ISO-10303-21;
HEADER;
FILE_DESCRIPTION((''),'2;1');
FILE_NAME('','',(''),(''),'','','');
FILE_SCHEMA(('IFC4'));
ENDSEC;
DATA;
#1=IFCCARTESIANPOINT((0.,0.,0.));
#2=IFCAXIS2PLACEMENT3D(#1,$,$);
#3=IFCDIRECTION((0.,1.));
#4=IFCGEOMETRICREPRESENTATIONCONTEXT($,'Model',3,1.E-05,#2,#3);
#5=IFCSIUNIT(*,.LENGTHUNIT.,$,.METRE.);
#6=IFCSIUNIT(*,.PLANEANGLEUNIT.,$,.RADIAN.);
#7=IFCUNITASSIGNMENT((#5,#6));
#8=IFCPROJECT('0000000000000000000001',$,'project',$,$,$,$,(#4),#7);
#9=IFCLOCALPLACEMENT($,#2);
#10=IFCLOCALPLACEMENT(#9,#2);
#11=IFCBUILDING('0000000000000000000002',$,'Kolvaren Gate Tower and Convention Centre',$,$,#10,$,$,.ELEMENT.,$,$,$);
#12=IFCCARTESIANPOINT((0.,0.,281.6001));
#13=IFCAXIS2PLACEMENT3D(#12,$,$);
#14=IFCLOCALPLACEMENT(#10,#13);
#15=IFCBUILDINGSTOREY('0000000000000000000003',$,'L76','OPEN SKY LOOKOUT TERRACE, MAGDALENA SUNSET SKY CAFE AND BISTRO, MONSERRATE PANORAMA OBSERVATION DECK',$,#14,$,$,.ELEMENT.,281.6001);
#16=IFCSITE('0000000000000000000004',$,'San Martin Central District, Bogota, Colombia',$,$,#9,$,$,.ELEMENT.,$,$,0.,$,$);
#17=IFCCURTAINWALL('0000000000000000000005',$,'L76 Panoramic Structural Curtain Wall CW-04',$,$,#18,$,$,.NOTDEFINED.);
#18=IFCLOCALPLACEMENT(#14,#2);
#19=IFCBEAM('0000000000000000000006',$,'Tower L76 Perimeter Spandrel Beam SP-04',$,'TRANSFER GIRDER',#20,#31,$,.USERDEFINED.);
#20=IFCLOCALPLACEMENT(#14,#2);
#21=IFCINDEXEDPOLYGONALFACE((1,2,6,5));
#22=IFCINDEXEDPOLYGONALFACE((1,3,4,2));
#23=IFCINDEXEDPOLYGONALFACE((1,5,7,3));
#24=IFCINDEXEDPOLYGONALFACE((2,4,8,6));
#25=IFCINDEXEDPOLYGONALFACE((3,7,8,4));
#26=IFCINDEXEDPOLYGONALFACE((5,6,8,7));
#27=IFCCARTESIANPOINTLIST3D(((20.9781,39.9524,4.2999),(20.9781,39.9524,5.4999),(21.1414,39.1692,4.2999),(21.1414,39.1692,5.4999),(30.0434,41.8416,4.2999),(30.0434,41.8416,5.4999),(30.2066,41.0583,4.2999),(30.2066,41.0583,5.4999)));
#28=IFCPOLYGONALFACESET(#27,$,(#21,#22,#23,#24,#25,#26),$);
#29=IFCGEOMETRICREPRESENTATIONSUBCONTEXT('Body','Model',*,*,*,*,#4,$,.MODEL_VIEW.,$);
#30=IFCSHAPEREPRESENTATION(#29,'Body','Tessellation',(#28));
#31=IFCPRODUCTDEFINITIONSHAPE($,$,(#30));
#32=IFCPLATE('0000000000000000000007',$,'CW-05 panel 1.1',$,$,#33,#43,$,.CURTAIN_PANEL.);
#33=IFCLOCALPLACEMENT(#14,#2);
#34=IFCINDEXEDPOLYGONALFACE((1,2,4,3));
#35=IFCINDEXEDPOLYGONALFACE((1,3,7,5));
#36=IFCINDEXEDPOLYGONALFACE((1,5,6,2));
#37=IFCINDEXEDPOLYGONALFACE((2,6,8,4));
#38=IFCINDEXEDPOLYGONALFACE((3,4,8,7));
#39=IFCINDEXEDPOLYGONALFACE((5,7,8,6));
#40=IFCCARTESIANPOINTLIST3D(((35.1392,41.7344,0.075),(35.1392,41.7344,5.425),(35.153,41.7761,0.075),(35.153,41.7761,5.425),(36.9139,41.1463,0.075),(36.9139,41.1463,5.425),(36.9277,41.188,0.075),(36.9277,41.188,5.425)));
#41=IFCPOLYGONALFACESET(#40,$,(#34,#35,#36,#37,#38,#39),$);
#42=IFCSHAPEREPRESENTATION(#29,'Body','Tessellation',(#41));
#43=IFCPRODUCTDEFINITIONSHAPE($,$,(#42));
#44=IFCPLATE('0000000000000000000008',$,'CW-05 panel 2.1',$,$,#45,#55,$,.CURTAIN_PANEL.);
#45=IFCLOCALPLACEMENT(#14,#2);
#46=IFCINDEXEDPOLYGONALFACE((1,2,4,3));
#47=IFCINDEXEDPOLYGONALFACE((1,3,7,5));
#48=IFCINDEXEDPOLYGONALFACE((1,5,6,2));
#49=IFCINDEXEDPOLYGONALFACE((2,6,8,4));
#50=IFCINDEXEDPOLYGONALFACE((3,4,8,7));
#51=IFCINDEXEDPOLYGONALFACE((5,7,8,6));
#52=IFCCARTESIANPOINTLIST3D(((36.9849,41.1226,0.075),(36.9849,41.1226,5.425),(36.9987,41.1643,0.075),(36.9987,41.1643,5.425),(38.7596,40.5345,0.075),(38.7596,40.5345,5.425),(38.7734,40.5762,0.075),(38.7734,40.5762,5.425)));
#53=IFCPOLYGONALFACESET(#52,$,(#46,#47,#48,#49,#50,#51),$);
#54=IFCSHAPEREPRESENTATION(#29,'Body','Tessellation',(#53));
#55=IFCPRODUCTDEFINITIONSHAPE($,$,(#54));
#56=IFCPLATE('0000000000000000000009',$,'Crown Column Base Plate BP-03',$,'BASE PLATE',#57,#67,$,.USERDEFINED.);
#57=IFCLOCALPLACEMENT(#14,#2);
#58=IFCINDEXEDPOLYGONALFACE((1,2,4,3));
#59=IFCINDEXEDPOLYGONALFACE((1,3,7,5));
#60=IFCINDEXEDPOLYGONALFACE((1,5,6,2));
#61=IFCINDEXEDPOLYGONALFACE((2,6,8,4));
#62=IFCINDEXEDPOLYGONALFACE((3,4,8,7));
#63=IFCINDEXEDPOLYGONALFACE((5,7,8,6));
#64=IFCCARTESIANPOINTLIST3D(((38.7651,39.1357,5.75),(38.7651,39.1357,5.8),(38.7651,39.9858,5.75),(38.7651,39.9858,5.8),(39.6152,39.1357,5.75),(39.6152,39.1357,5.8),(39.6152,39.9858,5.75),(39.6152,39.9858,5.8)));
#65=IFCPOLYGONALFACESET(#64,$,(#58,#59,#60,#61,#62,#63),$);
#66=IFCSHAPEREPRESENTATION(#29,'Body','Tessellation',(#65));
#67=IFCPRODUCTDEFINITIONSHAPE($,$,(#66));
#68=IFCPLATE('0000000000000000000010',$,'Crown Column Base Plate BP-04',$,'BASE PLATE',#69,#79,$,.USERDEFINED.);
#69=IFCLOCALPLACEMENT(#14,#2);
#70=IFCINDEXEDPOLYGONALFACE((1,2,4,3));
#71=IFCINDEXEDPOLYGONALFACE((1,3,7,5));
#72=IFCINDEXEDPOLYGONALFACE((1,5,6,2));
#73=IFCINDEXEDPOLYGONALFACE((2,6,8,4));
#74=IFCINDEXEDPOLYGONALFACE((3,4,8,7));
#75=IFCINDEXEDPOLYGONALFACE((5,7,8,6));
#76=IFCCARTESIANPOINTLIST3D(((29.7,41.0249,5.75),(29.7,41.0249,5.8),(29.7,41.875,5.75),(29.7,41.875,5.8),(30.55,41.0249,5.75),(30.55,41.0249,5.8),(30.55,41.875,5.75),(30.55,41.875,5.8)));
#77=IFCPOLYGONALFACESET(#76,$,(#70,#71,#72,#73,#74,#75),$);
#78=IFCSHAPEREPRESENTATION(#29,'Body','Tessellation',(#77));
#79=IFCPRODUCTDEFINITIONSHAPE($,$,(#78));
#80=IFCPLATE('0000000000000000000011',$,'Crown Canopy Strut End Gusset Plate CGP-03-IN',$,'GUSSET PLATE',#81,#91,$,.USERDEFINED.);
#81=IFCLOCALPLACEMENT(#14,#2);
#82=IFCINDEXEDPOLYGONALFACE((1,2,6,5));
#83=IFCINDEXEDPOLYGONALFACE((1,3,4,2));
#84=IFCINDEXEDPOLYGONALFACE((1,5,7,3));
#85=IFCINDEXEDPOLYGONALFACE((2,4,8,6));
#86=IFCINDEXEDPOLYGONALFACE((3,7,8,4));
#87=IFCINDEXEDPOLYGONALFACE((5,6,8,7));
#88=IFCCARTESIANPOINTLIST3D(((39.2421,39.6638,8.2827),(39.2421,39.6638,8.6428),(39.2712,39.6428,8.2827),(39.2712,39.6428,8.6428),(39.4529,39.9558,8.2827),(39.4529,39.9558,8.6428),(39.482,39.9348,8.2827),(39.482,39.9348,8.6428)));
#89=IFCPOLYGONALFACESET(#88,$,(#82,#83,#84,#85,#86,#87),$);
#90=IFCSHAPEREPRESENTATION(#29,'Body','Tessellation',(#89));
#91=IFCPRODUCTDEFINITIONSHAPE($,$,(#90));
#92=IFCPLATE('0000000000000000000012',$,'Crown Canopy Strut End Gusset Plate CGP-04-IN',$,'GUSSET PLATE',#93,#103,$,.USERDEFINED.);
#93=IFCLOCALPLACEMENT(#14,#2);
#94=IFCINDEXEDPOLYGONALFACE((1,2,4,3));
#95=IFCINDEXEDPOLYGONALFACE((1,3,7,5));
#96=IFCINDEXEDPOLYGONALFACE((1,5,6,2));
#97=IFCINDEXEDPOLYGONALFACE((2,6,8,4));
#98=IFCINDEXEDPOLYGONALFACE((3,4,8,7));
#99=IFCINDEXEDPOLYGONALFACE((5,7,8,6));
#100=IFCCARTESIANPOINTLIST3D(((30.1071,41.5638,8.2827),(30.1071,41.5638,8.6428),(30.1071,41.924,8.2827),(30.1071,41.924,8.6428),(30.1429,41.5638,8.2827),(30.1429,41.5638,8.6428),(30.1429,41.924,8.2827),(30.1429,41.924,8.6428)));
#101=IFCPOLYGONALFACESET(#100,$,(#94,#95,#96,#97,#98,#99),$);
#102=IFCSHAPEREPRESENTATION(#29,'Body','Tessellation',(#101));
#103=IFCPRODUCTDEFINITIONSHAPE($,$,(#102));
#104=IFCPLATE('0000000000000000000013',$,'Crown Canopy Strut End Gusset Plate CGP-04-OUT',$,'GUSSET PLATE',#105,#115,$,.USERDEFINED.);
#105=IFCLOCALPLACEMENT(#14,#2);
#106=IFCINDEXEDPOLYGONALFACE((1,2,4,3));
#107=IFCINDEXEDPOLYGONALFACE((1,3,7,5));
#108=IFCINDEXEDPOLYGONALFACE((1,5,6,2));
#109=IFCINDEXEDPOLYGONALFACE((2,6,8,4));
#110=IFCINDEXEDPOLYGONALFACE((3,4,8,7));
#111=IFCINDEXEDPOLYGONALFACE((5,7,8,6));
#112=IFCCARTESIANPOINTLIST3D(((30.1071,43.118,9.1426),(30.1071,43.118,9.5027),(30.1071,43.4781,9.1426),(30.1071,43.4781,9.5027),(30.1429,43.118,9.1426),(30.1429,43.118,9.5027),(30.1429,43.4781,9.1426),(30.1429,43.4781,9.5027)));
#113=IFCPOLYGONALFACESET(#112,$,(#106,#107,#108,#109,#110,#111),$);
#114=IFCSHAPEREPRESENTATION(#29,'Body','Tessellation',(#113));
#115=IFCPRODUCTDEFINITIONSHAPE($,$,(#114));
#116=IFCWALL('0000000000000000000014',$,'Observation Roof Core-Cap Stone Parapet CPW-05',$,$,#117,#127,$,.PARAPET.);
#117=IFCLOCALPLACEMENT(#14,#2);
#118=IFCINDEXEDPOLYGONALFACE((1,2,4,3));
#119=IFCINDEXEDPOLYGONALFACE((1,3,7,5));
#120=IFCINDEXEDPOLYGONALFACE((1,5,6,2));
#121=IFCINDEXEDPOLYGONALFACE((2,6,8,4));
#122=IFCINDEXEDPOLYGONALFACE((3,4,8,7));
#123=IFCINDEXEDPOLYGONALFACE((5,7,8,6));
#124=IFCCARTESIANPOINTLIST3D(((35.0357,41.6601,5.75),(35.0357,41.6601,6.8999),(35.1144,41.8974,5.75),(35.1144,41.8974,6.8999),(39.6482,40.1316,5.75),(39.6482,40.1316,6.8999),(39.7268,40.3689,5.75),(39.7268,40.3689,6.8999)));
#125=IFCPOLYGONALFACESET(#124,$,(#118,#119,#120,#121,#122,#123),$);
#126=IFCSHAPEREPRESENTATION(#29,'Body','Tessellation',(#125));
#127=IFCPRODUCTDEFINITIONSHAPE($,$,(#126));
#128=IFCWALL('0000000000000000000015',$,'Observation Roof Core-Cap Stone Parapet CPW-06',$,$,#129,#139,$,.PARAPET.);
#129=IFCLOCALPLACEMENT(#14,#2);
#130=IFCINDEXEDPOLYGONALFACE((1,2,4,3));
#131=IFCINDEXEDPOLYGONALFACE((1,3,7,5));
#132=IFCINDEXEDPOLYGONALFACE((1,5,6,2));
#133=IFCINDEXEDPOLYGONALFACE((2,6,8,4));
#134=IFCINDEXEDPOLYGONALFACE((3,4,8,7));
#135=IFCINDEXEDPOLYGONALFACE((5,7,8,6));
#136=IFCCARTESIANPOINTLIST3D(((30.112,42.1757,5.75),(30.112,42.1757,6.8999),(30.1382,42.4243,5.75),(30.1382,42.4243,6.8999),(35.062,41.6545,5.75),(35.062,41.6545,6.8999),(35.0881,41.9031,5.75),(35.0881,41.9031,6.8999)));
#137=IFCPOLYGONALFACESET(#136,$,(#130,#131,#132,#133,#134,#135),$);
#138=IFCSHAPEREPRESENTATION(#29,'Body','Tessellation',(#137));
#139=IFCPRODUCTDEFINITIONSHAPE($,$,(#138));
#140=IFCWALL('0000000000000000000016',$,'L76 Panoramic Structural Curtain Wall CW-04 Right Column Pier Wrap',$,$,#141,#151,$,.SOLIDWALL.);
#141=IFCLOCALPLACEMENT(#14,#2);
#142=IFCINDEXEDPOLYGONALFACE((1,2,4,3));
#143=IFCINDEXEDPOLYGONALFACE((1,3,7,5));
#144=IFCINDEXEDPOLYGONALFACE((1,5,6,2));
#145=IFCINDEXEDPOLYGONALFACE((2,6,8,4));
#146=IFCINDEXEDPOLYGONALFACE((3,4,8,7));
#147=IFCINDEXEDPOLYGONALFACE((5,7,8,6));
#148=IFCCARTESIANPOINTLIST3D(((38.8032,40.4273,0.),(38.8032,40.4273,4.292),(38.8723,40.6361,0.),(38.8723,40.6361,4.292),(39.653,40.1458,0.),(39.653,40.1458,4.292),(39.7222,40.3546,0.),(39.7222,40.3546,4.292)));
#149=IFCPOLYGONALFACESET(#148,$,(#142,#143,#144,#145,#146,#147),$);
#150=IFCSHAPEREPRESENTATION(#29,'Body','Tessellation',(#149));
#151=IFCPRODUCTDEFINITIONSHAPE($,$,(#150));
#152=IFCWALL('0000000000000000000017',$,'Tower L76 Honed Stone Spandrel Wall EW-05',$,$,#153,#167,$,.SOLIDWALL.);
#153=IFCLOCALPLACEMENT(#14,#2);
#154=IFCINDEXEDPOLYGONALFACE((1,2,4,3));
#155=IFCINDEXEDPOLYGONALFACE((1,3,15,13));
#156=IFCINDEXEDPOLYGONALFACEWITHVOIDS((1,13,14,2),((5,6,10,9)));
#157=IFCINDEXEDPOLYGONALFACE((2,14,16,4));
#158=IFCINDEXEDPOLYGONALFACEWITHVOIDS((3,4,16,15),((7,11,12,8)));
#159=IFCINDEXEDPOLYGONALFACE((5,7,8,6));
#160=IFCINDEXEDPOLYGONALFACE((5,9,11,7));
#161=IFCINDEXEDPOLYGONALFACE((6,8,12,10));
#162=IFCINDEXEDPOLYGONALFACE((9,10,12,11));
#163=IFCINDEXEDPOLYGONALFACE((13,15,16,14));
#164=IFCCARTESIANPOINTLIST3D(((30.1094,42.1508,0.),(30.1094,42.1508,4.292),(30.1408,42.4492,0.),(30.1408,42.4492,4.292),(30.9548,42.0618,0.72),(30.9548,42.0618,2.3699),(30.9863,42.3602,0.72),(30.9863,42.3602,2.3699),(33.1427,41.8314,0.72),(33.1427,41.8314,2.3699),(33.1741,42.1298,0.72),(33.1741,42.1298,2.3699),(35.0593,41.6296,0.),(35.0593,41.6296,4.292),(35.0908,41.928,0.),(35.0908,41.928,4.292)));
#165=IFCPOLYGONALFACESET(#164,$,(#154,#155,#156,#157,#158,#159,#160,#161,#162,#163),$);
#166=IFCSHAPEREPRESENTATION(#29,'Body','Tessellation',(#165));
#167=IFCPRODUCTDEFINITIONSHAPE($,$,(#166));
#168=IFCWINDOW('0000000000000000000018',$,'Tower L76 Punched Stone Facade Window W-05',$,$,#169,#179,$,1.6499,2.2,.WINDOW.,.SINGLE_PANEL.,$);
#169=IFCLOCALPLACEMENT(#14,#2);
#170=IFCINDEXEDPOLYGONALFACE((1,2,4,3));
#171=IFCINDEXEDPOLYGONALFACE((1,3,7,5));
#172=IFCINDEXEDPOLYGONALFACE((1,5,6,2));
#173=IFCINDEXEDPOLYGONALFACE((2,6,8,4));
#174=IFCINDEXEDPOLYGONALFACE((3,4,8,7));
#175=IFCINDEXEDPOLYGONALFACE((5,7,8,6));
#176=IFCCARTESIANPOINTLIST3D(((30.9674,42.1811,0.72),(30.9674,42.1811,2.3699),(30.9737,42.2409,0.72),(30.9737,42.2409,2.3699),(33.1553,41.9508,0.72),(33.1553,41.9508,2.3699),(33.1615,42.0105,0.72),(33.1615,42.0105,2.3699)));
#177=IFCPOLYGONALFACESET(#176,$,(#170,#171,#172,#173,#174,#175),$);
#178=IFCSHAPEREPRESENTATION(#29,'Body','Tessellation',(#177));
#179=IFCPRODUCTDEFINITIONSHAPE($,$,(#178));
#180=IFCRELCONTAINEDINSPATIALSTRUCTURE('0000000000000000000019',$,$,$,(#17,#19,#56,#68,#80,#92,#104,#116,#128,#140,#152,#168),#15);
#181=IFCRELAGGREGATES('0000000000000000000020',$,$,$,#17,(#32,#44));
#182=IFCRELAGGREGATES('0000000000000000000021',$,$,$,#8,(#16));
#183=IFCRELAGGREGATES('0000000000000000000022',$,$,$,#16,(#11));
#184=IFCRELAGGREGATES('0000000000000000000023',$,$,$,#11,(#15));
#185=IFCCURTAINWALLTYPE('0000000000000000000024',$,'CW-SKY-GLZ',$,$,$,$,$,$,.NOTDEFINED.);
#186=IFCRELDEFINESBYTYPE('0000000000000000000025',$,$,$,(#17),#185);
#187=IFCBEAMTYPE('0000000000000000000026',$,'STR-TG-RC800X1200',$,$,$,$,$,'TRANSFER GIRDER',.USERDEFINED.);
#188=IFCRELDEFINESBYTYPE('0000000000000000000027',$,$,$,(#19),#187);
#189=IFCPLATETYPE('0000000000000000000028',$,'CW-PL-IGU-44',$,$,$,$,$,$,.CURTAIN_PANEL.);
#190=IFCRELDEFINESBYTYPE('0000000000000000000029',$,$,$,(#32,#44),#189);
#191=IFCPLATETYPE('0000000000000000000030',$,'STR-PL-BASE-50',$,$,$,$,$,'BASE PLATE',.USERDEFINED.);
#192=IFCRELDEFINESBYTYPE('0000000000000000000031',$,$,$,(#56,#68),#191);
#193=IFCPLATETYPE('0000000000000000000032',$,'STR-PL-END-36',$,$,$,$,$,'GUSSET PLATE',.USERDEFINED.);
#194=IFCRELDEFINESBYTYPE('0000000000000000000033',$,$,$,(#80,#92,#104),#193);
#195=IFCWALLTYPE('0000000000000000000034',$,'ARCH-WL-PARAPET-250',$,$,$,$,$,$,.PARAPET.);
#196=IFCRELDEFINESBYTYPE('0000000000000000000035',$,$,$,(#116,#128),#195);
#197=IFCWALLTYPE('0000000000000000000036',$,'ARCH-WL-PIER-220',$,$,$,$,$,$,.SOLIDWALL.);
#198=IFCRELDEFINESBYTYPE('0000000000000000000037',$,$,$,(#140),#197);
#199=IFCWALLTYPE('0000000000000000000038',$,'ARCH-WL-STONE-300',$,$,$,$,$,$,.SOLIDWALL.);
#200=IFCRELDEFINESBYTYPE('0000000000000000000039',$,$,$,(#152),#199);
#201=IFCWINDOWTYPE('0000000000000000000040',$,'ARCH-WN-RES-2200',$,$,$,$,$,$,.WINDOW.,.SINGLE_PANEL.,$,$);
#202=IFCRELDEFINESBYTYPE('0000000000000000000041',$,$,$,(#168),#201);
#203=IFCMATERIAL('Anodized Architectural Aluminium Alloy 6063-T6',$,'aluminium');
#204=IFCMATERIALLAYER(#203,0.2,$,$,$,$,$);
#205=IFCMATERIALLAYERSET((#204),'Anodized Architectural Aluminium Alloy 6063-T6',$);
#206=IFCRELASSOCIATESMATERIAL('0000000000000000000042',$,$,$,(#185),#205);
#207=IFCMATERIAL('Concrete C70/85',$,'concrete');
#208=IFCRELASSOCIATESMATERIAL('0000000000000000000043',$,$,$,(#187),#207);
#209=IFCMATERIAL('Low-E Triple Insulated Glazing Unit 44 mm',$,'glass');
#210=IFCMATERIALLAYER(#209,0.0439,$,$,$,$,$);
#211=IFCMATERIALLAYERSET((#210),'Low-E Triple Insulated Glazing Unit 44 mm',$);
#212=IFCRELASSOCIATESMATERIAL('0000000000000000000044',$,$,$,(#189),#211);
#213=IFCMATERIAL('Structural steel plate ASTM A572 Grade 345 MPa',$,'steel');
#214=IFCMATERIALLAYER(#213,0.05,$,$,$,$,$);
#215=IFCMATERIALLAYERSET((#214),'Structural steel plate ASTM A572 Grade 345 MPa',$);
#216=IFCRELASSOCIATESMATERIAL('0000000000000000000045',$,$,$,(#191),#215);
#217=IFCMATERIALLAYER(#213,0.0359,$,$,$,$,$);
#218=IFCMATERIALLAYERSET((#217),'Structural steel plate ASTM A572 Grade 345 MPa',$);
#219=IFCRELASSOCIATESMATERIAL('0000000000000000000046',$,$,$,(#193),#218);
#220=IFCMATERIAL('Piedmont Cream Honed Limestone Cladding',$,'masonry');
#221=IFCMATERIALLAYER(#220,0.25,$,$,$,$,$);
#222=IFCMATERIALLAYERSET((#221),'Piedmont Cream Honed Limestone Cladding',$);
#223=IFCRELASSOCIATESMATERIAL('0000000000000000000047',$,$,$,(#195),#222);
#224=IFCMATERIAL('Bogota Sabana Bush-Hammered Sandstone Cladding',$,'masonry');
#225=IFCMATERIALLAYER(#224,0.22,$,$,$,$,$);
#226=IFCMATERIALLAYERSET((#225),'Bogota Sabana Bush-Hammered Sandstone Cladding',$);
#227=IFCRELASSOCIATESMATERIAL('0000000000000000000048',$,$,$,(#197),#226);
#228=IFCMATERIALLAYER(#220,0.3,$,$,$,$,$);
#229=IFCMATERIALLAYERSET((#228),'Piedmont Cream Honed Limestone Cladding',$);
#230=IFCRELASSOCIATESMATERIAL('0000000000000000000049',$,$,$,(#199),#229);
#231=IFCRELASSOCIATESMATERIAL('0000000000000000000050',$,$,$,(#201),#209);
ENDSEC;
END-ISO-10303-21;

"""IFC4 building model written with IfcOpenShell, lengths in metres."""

from ifc_helpers import new_model, si_unit, direction, frame, frame_2d, origin, origin_2d, place, context, subcontext, project, spatial, rectangle, extrude, material, layer, layer_set, material_profile, profile_set, type_object, element, fill, aggregate, save


model = new_model("IFC4")

# Units and contexts
model_context = context("Model", 3, precision=1e-05, world=origin(), true_north=direction((0.0, 1.0)))
body_context = subcontext(model_context, "Body", "Model", "MODEL_VIEW")
ifc_project = project(units=[si_unit("LENGTHUNIT", "METRE"), si_unit("PLANEANGLEUNIT", "RADIAN")], contexts=[model_context])

# Site, building, storey
site_placement = place(None, origin())
site = spatial("IfcSite", under=ifc_project, at=site_placement, Name="San Martin Central District, Bogota, Colombia", CompositionType="ELEMENT", RefElevation=0.0)
building_placement = place(site_placement, origin())
building = spatial("IfcBuilding", under=site, at=building_placement, Name="Kolvaren Gate Tower and Convention Centre", CompositionType="ELEMENT")
storey_placement = place(building_placement, frame((0.0, 0.0, 281.6001)))
storey = spatial("IfcBuildingStorey", under=building, at=storey_placement, Name="L76", Description="OPEN SKY LOOKOUT TERRACE, MAGDALENA SUNSET SKY CAFE AND BISTRO, MONSERRATE PANORAMA OBSERVATION DECK", CompositionType="ELEMENT", Elevation=281.6001)

# Curtain wall
ifc_material_1 = material(Name="Anodized Architectural Aluminium Alloy 6063-T6", Category="aluminium")
ifc_layer_1 = layer(ifc_material_1, 0.2)
ifc_layer_set_1 = layer_set([ifc_layer_1], Name="Anodized Architectural Aluminium Alloy 6063-T6")
curtain_wall_type = type_object("IfcCurtainWallType", Name="CW-SKY-GLZ", PredefinedType="NOTDEFINED", material=ifc_layer_set_1)
curtain_wall_placement = place(storey_placement, origin())
curtain_wall = element("IfcCurtainWall", 1, at=curtain_wall_placement, inside=storey, type_object=curtain_wall_type, Name="L76 Panoramic Structural Curtain Wall CW-04", PredefinedType="NOTDEFINED")

# Beam
ifc_material_2 = material(Name="Concrete C70/85", Category="concrete")
ifc_material_profile_1 = material_profile(ifc_material_2, rectangle(XDim=0.8, YDim=1.2, at=origin_2d()), Name="RC-BM-800X1200")
ifc_profile_set_1 = profile_set([ifc_material_profile_1], Name="Concrete C70/85")
beam_type = type_object("IfcBeamType", Name="STR-TG-RC800X1200", ElementType="TRANSFER GIRDER", PredefinedType="USERDEFINED", material=ifc_profile_set_1)
for number, where, z_axis, x_axis, name in (
    (2, (30.125, 41.45, 4.8999), (-0.978968, -0.204014, 0.0), (0.204014, -0.978968, 0.0), "Tower L76 Perimeter Spandrel Beam SP-04"),
):
    element("IfcBeam", number, at=place(storey_placement, frame(where, z_axis=z_axis, x_axis=x_axis)), inside=storey, type_object=beam_type, Name=name, ObjectType="TRANSFER GIRDER", PredefinedType="USERDEFINED", context=body_context, shape_type="SweptSolid", body=[
        extrude(rectangle(XDim=0.8, YDim=1.2, at=origin_2d()), origin(), (0.0, 0.0, 1.0), 9.26),
    ])

# Plates
ifc_material_3 = material(Name="Low-E Triple Insulated Glazing Unit 44 mm", Category="glass")
ifc_layer_2 = layer(ifc_material_3, 0.0439)
ifc_layer_set_2 = layer_set([ifc_layer_2], Name="Low-E Triple Insulated Glazing Unit 44 mm")
plate_type_1 = type_object("IfcPlateType", Name="CW-PL-IGU-44", PredefinedType="CURTAIN_PANEL", material=ifc_layer_set_2)
plate_1_placement = place(storey_placement, frame((36.0334, 41.4612, 0.075), z_axis=(0.0, 0.0, 1.0), x_axis=(0.949239, -0.314555, 0.0)))
plate_1 = element("IfcPlate", 3, at=plate_1_placement, type_object=plate_type_1, Name="CW-05 panel 1.1", PredefinedType="CURTAIN_PANEL", context=body_context, shape_type="SweptSolid", body=[
    extrude(rectangle(XDim=1.8696, YDim=0.0439, at=origin_2d()), origin(), (0.0, 0.0, 1.0), 5.3501),
])
plate_2_placement = place(storey_placement, frame((37.8792, 40.8494, 0.075), z_axis=(0.0, 0.0, 1.0), x_axis=(0.949239, -0.314555, 0.0)))
plate_2 = element("IfcPlate", 4, at=plate_2_placement, type_object=plate_type_1, Name="CW-05 panel 2.1", PredefinedType="CURTAIN_PANEL", context=body_context, shape_type="SweptSolid", body=[
    extrude(rectangle(XDim=1.8696, YDim=0.0439, at=origin_2d()), origin(), (0.0, 0.0, 1.0), 5.3501),
])
aggregate(curtain_wall, [plate_1, plate_2])

# Plates
ifc_material_4 = material(Name="Structural steel plate ASTM A572 Grade 345 MPa", Category="steel")
ifc_layer_3 = layer(ifc_material_4, 0.05)
ifc_layer_set_3 = layer_set([ifc_layer_3], Name="Structural steel plate ASTM A572 Grade 345 MPa")
plate_type_2 = type_object("IfcPlateType", Name="STR-PL-BASE-50", ElementType="BASE PLATE", PredefinedType="USERDEFINED", material=ifc_layer_set_3)
for number, where, z_axis, x_axis, name in (
    (5, (39.1902, 39.5608, 5.75), (0.0, 0.0, 1.0), (1.0, 0.0, 0.0), "Crown Column Base Plate BP-03"),
    (6, (30.125, 41.45, 5.75), (0.0, 0.0, 1.0), (1.0, 0.0, 0.0), "Crown Column Base Plate BP-04"),
):
    element("IfcPlate", number, at=place(storey_placement, frame(where, z_axis=z_axis, x_axis=x_axis)), inside=storey, type_object=plate_type_2, Name=name, ObjectType="BASE PLATE", PredefinedType="USERDEFINED", context=body_context, shape_type="SweptSolid", body=[
        extrude(rectangle(XDim=0.8501, YDim=0.8501, at=origin_2d()), origin(), (0.0, 0.0, 1.0), 0.05),
    ])
ifc_layer_4 = layer(ifc_material_4, 0.0359)
ifc_layer_set_4 = layer_set([ifc_layer_4], Name="Structural steel plate ASTM A572 Grade 345 MPa")
plate_type_3 = type_object("IfcPlateType", Name="STR-PL-END-36", ElementType="GUSSET PLATE", PredefinedType="USERDEFINED", material=ifc_layer_set_4)
for number, where, z_axis, x_axis, name in (
    (7, (39.3621, 39.7993, 8.2827), (0.0, 0.0, 1.0), (0.585186, 0.810899, 0.0), "Crown Canopy Strut End Gusset Plate CGP-03-IN"),
    (8, (30.125, 41.7439, 8.2827), (0.0, 0.0, 1.0), (0.0, 1.0, 0.0), "Crown Canopy Strut End Gusset Plate CGP-04-IN"),
    (9, (30.125, 43.2981, 9.1426), (0.0, 0.0, 1.0), (0.0, 1.0, 0.0), "Crown Canopy Strut End Gusset Plate CGP-04-OUT"),
):
    element("IfcPlate", number, at=place(storey_placement, frame(where, z_axis=z_axis, x_axis=x_axis)), inside=storey, type_object=plate_type_3, Name=name, ObjectType="GUSSET PLATE", PredefinedType="USERDEFINED", context=body_context, shape_type="SweptSolid", body=[
        extrude(rectangle(XDim=0.3601, YDim=0.0359, at=origin_2d()), origin(), (0.0, 0.0, 1.0), 0.3601),
    ])

# Walls
ifc_material_5 = material(Name="Piedmont Cream Honed Limestone Cladding", Category="masonry")
ifc_layer_5 = layer(ifc_material_5, 0.25)
ifc_layer_set_5 = layer_set([ifc_layer_5], Name="Piedmont Cream Honed Limestone Cladding")
wall_type_1 = type_object("IfcWallType", Name="ARCH-WL-PARAPET-250", PredefinedType="PARAPET", material=ifc_layer_set_5)
wall_1_placement = place(storey_placement, frame((35.075, 41.7788, 5.75), z_axis=(0.0, 0.0, 1.0), x_axis=(0.949235, -0.314569, 0.0)))
element("IfcWall", 10, at=wall_1_placement, inside=storey, type_object=wall_type_1, Name="Observation Roof Core-Cap Stone Parapet CPW-05", PredefinedType="PARAPET", context=body_context, shape_type="SweptSolid", body=[
    extrude(rectangle(XDim=4.8591, YDim=0.25, at=frame_2d((2.4297, 0.0))), origin(), (0.0, 0.0, 1.0), 1.1499),
])
wall_2_placement = place(storey_placement, frame((30.125, 42.3, 5.75), z_axis=(0.0, 0.0, 1.0), x_axis=(0.994501, -0.104723, 0.0)))
element("IfcWall", 11, at=wall_2_placement, inside=storey, type_object=wall_type_1, Name="Observation Roof Core-Cap Stone Parapet CPW-06", PredefinedType="PARAPET", context=body_context, shape_type="SweptSolid", body=[
    extrude(rectangle(XDim=4.9773, YDim=0.25, at=frame_2d((2.4888, 0.0))), origin(), (0.0, 0.0, 1.0), 1.1499),
])
ifc_material_6 = material(Name="Bogota Sabana Bush-Hammered Sandstone Cladding", Category="masonry")
ifc_layer_6 = layer(ifc_material_6, 0.22)
ifc_layer_set_6 = layer_set([ifc_layer_6], Name="Bogota Sabana Bush-Hammered Sandstone Cladding")
wall_type_2 = type_object("IfcWallType", Name="ARCH-WL-PIER-220", PredefinedType="SOLIDWALL", material=ifc_layer_set_6)
wall_3_placement = place(storey_placement, frame((38.8376, 40.5317, 0.0), z_axis=(0.0, 0.0, 1.0), x_axis=(0.949282, -0.314427, 0.0)))
element("IfcWall", 12, at=wall_3_placement, inside=storey, type_object=wall_type_2, Name="L76 Panoramic Structural Curtain Wall CW-04 Right Column Pier Wrap", PredefinedType="SOLIDWALL", context=body_context, shape_type="SweptSolid", body=[
    extrude(rectangle(XDim=0.8953, YDim=0.22, at=frame_2d((0.4478, 0.0))), origin(), (0.0, 0.0, 1.0), 4.292),
])

# Wall, opening, window
ifc_layer_7 = layer(ifc_material_5, 0.3)
ifc_layer_set_7 = layer_set([ifc_layer_7], Name="Piedmont Cream Honed Limestone Cladding")
wall_type_3 = type_object("IfcWallType", Name="ARCH-WL-STONE-300", PredefinedType="SOLIDWALL", material=ifc_layer_set_7)
wall_4_placement = place(storey_placement, frame((30.125, 42.3, 0.0), z_axis=(0.0, 0.0, 1.0), x_axis=(0.994501, -0.104723, 0.0)))
wall_4 = element("IfcWall", 13, at=wall_4_placement, inside=storey, type_object=wall_type_3, Name="Tower L76 Honed Stone Spandrel Wall EW-05", PredefinedType="SOLIDWALL", context=body_context, shape_type="SweptSolid", body=[
    extrude(rectangle(XDim=4.9773, YDim=0.3, at=frame_2d((2.4888, 0.0))), origin(), (0.0, 0.0, 1.0), 4.292),
])
opening_placement = place(wall_4_placement, frame((0.8501, 0.0, 0.72)))
opening = element("IfcOpeningElement", 14, at=opening_placement, cuts=wall_4, PredefinedType="OPENING", context=body_context, shape_type="SweptSolid", body=[
    extrude(rectangle(XDim=2.2, YDim=1.6499, at=frame_2d((1.1001, 0.825))), frame((0.0, 0.1599, 0.0), z_axis=(0.0, -1.0, 0.0), x_axis=(1.0, 0.0, 0.0)), (0.0, 0.0, 1.0), 0.3201),
])
window_type = type_object("IfcWindowType", Name="ARCH-WN-RES-2200", PartitioningType="SINGLE_PANEL", PredefinedType="WINDOW", material=ifc_material_3)
window_placement = place(opening_placement, origin())
window = element("IfcWindow", 15, at=window_placement, inside=storey, type_object=window_type, Name="Tower L76 Punched Stone Facade Window W-05", OverallHeight=1.6499, OverallWidth=2.2, PartitioningType="SINGLE_PANEL", PredefinedType="WINDOW", context=body_context, shape_type="SweptSolid", body=[
    extrude(rectangle(XDim=2.2, YDim=1.6499, at=frame_2d((1.1001, 0.825))), frame((0.0, 0.03, 0.0), z_axis=(0.0, -1.0, 0.0), x_axis=(1.0, 0.0, 0.0)), (0.0, 0.0, 1.0), 0.0601),
])
fill(opening, window)

save(model, "model.ifc")
